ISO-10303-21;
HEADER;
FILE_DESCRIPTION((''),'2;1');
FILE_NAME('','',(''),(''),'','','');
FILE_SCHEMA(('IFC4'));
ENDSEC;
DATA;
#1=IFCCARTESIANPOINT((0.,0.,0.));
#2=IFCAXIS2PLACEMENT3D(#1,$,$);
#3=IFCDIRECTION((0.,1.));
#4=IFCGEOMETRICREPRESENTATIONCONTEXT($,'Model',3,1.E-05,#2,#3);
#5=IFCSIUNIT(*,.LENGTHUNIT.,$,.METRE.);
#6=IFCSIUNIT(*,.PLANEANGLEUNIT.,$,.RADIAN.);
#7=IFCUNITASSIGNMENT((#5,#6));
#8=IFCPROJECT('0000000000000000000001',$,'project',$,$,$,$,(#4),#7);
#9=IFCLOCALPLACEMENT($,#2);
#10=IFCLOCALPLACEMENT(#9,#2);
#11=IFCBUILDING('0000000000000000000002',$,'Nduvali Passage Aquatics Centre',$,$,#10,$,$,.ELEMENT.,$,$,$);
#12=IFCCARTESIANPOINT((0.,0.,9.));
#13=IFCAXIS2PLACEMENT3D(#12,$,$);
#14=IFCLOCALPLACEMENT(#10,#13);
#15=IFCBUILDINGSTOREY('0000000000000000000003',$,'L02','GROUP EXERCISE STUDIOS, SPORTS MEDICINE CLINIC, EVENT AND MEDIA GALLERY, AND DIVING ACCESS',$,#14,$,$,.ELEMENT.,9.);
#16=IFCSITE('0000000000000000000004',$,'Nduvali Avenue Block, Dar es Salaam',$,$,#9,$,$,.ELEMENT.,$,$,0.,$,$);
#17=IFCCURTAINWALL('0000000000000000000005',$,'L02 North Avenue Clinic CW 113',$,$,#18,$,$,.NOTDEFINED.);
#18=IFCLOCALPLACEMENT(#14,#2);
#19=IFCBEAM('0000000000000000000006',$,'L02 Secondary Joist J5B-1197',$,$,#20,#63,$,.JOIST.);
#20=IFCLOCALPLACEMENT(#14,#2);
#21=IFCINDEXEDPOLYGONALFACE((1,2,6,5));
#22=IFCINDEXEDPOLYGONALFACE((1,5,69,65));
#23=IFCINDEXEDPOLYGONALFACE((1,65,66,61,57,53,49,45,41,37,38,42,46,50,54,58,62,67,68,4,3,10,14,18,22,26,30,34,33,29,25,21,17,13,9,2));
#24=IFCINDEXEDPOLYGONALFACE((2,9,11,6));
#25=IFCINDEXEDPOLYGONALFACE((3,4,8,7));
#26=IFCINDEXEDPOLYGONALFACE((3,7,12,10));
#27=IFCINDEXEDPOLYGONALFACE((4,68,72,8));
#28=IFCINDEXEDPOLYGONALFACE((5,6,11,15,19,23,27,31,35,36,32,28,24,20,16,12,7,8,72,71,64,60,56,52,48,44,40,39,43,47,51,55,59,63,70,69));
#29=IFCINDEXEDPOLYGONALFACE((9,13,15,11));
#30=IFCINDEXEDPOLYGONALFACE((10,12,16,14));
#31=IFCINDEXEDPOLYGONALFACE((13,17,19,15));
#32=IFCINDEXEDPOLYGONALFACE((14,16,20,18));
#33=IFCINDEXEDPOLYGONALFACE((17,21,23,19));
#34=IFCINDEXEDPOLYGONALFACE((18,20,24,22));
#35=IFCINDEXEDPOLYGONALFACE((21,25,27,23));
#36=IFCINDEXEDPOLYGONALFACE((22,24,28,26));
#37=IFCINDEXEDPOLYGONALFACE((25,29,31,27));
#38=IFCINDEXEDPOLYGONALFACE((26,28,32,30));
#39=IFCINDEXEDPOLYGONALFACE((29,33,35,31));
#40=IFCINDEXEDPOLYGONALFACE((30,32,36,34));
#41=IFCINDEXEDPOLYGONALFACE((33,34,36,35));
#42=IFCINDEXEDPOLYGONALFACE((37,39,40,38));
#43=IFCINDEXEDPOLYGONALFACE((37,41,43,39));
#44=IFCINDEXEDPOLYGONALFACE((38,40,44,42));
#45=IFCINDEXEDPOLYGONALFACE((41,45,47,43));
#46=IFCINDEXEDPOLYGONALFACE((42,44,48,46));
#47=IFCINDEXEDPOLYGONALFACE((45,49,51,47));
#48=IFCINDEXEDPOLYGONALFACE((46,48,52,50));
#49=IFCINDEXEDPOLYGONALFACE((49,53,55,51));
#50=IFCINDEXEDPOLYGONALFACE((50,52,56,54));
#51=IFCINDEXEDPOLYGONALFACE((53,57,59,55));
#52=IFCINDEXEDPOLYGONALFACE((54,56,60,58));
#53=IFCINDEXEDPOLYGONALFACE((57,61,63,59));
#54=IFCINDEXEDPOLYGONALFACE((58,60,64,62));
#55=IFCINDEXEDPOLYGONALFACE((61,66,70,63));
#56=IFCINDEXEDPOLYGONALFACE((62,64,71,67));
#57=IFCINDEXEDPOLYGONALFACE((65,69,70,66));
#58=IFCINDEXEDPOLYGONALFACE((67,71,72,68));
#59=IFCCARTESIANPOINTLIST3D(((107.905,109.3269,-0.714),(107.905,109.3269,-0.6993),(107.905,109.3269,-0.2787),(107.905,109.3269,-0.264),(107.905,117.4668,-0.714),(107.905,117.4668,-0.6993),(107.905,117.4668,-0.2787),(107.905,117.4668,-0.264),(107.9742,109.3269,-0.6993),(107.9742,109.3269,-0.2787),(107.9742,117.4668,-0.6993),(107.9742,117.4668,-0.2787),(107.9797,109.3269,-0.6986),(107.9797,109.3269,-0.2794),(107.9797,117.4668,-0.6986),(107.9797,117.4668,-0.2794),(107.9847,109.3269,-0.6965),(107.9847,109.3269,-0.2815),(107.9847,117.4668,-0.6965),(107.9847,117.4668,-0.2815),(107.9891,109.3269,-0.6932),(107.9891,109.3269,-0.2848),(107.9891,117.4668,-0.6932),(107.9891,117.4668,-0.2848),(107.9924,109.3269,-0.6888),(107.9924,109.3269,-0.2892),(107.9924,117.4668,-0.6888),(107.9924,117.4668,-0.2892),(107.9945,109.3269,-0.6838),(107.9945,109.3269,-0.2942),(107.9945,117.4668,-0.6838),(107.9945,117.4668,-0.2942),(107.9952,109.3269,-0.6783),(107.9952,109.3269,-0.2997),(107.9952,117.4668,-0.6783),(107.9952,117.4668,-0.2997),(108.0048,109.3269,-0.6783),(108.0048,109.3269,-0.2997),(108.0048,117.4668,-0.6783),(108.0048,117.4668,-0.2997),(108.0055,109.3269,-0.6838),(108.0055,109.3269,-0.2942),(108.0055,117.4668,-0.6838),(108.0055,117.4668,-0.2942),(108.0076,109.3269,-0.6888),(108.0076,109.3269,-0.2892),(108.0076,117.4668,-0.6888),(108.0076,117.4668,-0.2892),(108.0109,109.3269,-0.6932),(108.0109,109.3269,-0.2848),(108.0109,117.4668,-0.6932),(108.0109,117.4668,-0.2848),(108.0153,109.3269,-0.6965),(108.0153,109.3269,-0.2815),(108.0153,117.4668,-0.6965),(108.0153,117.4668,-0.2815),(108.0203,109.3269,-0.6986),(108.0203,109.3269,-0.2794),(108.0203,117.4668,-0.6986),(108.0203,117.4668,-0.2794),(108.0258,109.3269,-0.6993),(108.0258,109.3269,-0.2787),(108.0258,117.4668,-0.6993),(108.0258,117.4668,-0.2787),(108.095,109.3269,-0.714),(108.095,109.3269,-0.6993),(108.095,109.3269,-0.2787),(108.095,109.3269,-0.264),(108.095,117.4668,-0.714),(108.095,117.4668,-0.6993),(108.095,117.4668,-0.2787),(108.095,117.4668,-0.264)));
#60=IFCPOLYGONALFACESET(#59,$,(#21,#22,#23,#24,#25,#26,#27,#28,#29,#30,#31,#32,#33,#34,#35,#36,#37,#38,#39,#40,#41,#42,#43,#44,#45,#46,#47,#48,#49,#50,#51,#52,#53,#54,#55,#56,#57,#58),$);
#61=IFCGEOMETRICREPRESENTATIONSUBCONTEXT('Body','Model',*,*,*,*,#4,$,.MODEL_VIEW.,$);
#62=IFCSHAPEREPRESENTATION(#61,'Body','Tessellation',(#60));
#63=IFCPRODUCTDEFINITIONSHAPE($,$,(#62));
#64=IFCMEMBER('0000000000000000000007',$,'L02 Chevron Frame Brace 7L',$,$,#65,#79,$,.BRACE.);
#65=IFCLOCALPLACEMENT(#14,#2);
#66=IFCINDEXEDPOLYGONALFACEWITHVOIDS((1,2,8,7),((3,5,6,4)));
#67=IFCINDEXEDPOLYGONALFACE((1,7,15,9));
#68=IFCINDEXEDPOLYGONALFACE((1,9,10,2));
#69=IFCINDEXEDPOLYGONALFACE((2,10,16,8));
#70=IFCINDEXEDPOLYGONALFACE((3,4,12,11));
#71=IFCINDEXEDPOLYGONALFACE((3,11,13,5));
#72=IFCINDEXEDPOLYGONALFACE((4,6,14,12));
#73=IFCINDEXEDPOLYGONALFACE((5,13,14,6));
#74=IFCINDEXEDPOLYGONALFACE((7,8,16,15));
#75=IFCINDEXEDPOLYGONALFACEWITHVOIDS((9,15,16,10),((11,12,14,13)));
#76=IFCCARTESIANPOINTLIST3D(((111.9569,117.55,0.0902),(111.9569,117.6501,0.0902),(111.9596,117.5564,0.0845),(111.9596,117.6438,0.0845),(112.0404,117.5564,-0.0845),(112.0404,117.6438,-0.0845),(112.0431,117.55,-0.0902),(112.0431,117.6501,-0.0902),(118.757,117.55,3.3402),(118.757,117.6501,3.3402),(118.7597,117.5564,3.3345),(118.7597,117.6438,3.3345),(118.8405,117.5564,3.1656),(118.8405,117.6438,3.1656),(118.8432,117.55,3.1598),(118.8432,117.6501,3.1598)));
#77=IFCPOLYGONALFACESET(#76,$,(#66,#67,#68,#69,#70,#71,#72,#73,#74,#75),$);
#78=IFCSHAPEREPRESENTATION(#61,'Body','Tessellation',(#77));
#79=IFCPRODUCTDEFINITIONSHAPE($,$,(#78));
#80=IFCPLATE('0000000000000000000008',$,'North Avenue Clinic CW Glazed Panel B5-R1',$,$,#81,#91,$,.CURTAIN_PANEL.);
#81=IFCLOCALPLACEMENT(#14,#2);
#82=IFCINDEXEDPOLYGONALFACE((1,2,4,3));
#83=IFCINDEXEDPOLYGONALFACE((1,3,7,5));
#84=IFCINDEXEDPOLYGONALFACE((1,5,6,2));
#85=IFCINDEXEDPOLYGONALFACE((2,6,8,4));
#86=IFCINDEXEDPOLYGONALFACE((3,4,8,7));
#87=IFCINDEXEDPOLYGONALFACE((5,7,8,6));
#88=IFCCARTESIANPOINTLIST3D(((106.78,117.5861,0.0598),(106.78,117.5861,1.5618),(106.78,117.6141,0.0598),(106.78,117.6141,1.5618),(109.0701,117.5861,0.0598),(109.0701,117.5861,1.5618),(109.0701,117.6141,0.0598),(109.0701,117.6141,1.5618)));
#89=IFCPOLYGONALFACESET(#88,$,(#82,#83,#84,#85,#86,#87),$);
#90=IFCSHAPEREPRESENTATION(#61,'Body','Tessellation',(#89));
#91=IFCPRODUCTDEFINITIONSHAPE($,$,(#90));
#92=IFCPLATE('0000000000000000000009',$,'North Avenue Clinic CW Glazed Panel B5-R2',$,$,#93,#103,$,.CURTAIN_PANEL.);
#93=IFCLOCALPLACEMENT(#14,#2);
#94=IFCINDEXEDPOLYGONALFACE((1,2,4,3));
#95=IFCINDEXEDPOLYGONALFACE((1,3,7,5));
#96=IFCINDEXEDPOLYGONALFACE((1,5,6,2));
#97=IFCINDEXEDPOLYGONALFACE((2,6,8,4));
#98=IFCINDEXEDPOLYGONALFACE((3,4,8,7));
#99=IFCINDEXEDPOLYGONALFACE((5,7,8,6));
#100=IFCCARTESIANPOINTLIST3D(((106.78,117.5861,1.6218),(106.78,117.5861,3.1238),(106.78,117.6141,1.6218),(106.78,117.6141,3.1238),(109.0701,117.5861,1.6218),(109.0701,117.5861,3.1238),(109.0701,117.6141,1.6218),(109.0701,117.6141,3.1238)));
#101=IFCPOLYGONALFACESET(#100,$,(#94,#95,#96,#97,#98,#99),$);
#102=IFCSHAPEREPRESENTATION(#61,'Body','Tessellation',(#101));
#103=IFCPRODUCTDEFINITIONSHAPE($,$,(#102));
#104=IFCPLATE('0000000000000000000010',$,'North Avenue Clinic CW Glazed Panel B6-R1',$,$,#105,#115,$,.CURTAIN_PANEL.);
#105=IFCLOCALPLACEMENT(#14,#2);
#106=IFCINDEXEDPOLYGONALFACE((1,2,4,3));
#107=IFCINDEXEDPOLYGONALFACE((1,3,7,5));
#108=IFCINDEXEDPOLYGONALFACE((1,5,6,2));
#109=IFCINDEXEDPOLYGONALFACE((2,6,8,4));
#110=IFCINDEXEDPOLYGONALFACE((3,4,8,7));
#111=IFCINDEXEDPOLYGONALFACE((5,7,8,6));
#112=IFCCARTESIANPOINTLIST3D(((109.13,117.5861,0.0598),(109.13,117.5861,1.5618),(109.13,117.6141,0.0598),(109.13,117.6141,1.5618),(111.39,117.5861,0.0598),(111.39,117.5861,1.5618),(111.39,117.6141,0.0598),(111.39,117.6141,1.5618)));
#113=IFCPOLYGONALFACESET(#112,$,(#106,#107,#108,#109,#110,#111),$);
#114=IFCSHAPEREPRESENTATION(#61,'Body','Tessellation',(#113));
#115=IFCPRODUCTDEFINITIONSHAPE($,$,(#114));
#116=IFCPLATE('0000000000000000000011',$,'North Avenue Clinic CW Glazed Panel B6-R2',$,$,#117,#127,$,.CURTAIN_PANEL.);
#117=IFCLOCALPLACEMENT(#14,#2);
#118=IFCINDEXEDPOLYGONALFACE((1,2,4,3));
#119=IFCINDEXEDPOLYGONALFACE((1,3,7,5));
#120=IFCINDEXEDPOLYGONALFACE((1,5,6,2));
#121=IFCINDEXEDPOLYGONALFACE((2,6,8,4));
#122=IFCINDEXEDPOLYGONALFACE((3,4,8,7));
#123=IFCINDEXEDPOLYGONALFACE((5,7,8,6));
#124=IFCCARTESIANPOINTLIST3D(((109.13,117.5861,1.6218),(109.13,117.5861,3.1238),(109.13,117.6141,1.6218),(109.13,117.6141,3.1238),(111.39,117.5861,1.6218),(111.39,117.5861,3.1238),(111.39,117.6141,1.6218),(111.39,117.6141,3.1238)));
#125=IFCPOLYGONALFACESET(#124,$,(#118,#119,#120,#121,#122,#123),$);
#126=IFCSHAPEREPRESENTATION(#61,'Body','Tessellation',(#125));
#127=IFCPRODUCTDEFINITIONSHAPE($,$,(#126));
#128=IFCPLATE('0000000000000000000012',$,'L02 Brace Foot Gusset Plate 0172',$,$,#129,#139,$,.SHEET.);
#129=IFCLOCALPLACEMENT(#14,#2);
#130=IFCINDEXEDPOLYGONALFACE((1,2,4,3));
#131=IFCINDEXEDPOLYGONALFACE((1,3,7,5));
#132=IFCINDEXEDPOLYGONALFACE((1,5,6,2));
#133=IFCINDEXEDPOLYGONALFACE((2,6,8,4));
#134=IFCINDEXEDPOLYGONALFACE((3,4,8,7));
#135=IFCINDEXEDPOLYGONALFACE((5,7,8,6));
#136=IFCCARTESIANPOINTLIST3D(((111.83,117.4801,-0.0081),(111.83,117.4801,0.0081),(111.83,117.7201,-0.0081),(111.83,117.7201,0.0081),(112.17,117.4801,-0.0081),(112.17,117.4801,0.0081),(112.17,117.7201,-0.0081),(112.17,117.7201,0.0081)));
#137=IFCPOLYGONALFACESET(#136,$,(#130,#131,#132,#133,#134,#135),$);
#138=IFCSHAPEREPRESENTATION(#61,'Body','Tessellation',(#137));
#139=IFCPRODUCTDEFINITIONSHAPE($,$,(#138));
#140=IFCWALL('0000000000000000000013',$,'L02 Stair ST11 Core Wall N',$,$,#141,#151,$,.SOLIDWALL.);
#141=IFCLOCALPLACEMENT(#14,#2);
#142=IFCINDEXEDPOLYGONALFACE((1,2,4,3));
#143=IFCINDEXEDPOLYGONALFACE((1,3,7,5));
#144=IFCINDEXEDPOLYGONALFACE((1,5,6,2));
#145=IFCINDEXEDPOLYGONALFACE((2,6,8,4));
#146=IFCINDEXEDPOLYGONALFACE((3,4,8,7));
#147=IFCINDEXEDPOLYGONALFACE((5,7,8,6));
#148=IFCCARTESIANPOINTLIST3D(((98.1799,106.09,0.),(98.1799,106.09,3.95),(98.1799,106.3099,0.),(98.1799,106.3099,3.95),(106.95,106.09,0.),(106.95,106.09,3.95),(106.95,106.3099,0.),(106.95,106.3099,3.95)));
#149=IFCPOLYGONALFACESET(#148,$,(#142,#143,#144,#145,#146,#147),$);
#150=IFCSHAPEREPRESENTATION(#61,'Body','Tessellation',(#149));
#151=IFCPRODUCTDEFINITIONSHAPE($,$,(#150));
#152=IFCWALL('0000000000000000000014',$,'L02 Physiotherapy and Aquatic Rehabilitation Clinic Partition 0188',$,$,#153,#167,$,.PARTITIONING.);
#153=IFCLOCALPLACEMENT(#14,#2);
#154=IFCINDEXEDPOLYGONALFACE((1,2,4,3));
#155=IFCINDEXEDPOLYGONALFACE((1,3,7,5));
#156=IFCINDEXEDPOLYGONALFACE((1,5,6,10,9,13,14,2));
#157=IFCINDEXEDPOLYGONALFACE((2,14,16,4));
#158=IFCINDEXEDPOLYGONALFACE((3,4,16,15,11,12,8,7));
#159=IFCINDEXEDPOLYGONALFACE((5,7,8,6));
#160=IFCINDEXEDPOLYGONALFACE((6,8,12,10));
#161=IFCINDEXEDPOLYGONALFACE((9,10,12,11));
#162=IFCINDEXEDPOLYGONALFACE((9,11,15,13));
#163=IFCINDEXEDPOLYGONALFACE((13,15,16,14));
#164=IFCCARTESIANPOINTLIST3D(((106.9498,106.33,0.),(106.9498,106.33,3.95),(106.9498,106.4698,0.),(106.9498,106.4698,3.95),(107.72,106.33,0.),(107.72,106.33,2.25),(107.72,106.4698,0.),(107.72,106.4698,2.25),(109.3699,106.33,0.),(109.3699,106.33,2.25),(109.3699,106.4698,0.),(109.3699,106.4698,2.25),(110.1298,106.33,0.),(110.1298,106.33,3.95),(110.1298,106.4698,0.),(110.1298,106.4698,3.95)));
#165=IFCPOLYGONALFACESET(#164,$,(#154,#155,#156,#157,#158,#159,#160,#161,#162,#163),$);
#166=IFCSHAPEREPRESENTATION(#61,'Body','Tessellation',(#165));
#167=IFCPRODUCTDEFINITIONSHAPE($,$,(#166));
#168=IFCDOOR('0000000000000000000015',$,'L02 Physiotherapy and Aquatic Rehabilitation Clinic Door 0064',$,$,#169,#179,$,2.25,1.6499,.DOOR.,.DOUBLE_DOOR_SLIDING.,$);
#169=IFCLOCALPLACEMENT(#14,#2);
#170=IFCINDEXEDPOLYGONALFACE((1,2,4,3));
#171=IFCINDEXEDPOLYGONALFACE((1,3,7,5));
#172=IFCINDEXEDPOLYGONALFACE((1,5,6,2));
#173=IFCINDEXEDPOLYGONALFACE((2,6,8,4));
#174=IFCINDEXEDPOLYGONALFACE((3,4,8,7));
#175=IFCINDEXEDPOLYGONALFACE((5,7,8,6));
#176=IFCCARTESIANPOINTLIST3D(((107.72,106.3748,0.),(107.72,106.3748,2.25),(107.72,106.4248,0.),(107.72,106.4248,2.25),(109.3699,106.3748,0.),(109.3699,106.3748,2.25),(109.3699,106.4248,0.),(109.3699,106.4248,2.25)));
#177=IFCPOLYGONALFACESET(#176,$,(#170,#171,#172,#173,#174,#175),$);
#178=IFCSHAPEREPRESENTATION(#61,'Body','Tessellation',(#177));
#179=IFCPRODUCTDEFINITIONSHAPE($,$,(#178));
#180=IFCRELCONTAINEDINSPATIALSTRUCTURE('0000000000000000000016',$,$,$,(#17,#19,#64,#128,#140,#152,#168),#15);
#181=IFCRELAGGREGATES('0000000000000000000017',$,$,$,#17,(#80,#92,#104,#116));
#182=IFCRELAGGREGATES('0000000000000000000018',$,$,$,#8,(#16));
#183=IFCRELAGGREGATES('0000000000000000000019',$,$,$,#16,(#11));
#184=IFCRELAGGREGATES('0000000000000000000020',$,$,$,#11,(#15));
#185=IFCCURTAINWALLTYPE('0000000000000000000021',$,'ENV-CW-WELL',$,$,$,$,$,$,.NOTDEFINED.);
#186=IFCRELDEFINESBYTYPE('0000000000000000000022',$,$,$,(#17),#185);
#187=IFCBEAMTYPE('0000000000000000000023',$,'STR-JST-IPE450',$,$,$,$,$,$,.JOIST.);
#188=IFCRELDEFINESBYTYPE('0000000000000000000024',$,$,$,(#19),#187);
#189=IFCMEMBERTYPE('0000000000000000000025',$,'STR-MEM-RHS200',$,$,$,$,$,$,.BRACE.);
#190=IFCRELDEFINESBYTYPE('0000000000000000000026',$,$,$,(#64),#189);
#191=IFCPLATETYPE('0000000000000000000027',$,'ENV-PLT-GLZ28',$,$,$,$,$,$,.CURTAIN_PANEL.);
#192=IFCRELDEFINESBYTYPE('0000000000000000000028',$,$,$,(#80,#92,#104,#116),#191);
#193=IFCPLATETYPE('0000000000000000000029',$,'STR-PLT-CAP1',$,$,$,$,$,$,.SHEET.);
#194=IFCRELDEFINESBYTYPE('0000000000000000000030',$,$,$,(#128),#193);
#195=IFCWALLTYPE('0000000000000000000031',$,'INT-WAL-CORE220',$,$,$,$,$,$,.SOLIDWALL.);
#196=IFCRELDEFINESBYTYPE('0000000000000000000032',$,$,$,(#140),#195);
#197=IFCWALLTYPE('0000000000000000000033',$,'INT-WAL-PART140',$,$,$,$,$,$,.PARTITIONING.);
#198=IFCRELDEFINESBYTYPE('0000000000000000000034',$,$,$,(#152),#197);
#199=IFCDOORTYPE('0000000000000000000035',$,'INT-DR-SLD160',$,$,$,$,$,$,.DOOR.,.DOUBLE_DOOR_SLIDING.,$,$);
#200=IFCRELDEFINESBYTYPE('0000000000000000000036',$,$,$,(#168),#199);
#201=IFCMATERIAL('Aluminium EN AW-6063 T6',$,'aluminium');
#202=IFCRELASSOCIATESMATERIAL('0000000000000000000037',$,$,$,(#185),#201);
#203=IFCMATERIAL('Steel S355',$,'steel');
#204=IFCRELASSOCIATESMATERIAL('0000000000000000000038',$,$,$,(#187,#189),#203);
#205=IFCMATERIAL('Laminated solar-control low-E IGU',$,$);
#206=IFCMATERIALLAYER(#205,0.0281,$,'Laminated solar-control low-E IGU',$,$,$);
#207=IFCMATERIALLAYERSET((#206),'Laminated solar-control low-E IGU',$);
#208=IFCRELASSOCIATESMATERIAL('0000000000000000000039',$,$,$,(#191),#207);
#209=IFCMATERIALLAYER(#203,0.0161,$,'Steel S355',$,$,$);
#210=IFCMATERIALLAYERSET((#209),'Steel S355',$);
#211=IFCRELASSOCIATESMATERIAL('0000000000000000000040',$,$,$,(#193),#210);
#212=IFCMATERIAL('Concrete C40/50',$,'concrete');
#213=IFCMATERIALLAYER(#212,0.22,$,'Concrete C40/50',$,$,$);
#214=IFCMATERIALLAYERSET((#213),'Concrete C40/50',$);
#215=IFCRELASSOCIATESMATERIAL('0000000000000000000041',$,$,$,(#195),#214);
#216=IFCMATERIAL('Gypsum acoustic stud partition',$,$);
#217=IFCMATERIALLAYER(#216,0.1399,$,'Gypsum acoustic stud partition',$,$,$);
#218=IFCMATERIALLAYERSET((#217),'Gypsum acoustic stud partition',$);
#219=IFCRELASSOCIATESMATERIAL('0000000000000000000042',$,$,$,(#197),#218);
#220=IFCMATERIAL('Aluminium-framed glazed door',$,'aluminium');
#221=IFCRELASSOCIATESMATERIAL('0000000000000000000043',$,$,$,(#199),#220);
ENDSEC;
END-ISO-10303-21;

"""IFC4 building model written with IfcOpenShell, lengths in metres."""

from ifc_helpers import new_model, si_unit, direction, frame, frame_2d, origin, origin_2d, place, context, subcontext, project, spatial, rectangle, hollow_rectangle, i_section, extrude, material, layer, layer_set, material_profile, profile_set, type_object, element, fill, aggregate, save


model = new_model("IFC4")

# Units and contexts
model_context = context("Model", 3, precision=1e-05, world=origin(), true_north=direction((0.0, 1.0)))
body_context = subcontext(model_context, "Body", "Model", "MODEL_VIEW")
ifc_project = project(units=[si_unit("LENGTHUNIT", "METRE"), si_unit("PLANEANGLEUNIT", "RADIAN")], contexts=[model_context])

# Site, building, storey
site_placement = place(None, origin())
site = spatial("IfcSite", under=ifc_project, at=site_placement, Name="Nduvali Avenue Block, Dar es Salaam", CompositionType="ELEMENT", RefElevation=0.0)
building_placement = place(site_placement, origin())
building = spatial("IfcBuilding", under=site, at=building_placement, Name="Nduvali Passage Aquatics Centre", CompositionType="ELEMENT")
storey_placement = place(building_placement, frame((0.0, 0.0, 9.0)))
storey = spatial("IfcBuildingStorey", under=building, at=storey_placement, Name="L02", Description="GROUP EXERCISE STUDIOS, SPORTS MEDICINE CLINIC, EVENT AND MEDIA GALLERY, AND DIVING ACCESS", CompositionType="ELEMENT", Elevation=9.0)

# Shared definitions
ifc_material_1 = material(Name="Steel S355", Category="steel")

# Curtain wall
ifc_material_2 = material(Name="Aluminium EN AW-6063 T6", Category="aluminium")
curtain_wall_type = type_object("IfcCurtainWallType", Name="ENV-CW-WELL", PredefinedType="NOTDEFINED", material=ifc_material_2)
curtain_wall_placement = place(storey_placement, origin())
curtain_wall = element("IfcCurtainWall", 1, at=curtain_wall_placement, inside=storey, type_object=curtain_wall_type, Name="L02 North Avenue Clinic CW 113", PredefinedType="NOTDEFINED")

# Beam
ifc_material_profile_1 = material_profile(ifc_material_1, i_section(OverallWidth=0.1899, OverallDepth=0.45, WebThickness=0.0095, FlangeThickness=0.0146, FilletRadius=0.021, at=origin_2d()), Name="IPE 450")
ifc_profile_set_1 = profile_set([ifc_material_profile_1], Name="Steel S355")
beam_type_1 = type_object("IfcBeamType", Name="STR-JST-IPE450", PredefinedType="JOIST", material=ifc_profile_set_1)
beam_1_placement = place(storey_placement, frame((108.0, 109.3269, -0.489), z_axis=(0.0, 1.0, 0.0), x_axis=(-1.0, 0.0, 0.0)))
element("IfcBeam", 2, at=beam_1_placement, inside=storey, type_object=beam_type_1, Name="L02 Secondary Joist J5B-1197", PredefinedType="JOIST", context=body_context, shape_type="SweptSolid", body=[
    extrude(i_section(OverallWidth=0.1899, OverallDepth=0.45, WebThickness=0.0095, FlangeThickness=0.0146, FilletRadius=0.021, at=origin_2d()), origin(), (0.0, 0.0, 1.0), 8.1399),
])

# Member
ifc_material_profile_2 = material_profile(ifc_material_1, hollow_rectangle(XDim=0.1001, YDim=0.2, WallThickness=0.0063, at=origin_2d()), Name="RHS 200x100x6.3")
ifc_profile_set_2 = profile_set([ifc_material_profile_2], Name="Steel S355")
member_type_1 = type_object("IfcMemberType", Name="STR-MEM-RHS200", PredefinedType="BRACE", material=ifc_profile_set_2)
member_1_placement = place(storey_placement, frame((112.0, 117.6001, 0.0), z_axis=(0.902248, 0.0, 0.431218), x_axis=(0.0, 1.0, 0.0)))
element("IfcMember", 3, at=member_1_placement, inside=storey, type_object=member_type_1, Name="L02 Chevron Frame Brace 7L", PredefinedType="BRACE", context=body_context, shape_type="SweptSolid", body=[
    extrude(hollow_rectangle(XDim=0.1001, YDim=0.2, WallThickness=0.0063, at=origin_2d()), origin(), (0.0, 0.0, 1.0), 7.5369),
])

# Plates
ifc_material_3 = material(Name="Laminated solar-control low-E IGU")
ifc_layer_1 = layer(ifc_material_3, 0.0281, Name="Laminated solar-control low-E IGU")
ifc_layer_set_1 = layer_set([ifc_layer_1], Name="Laminated solar-control low-E IGU")
plate_type_1 = type_object("IfcPlateType", Name="ENV-PLT-GLZ28", PredefinedType="CURTAIN_PANEL", material=ifc_layer_set_1)
plate_1_placement = place(storey_placement, frame((107.925, 117.6001, 0.0598), z_axis=(0.0, 0.0, 1.0), x_axis=(1.0, 0.0, 0.0)))
plate_1 = element("IfcPlate", 4, at=plate_1_placement, type_object=plate_type_1, Name="North Avenue Clinic CW Glazed Panel B5-R1", PredefinedType="CURTAIN_PANEL", context=body_context, shape_type="SweptSolid", body=[
    extrude(rectangle(XDim=2.29, YDim=0.0281, at=origin_2d()), origin(), (0.0, 0.0, 1.0), 1.502),
])
plate_2_placement = place(storey_placement, frame((107.925, 117.6001, 1.6218), z_axis=(0.0, 0.0, 1.0), x_axis=(1.0, 0.0, 0.0)))
plate_2 = element("IfcPlate", 5, at=plate_2_placement, type_object=plate_type_1, Name="North Avenue Clinic CW Glazed Panel B5-R2", PredefinedType="CURTAIN_PANEL", context=body_context, shape_type="SweptSolid", body=[
    extrude(rectangle(XDim=2.29, YDim=0.0281, at=origin_2d()), origin(), (0.0, 0.0, 1.0), 1.502),
])
plate_3_placement = place(storey_placement, frame((110.26, 117.6001, 0.0598), z_axis=(0.0, 0.0, 1.0), x_axis=(1.0, 0.0, 0.0)))
plate_3 = element("IfcPlate", 6, at=plate_3_placement, type_object=plate_type_1, Name="North Avenue Clinic CW Glazed Panel B6-R1", PredefinedType="CURTAIN_PANEL", context=body_context, shape_type="SweptSolid", body=[
    extrude(rectangle(XDim=2.26, YDim=0.0281, at=origin_2d()), origin(), (0.0, 0.0, 1.0), 1.502),
])
plate_4_placement = place(storey_placement, frame((110.26, 117.6001, 1.6218), z_axis=(0.0, 0.0, 1.0), x_axis=(1.0, 0.0, 0.0)))
plate_4 = element("IfcPlate", 7, at=plate_4_placement, type_object=plate_type_1, Name="North Avenue Clinic CW Glazed Panel B6-R2", PredefinedType="CURTAIN_PANEL", context=body_context, shape_type="SweptSolid", body=[
    extrude(rectangle(XDim=2.26, YDim=0.0281, at=origin_2d()), origin(), (0.0, 0.0, 1.0), 1.502),
])
aggregate(curtain_wall, [plate_1, plate_2, plate_3, plate_4])
ifc_layer_2 = layer(ifc_material_1, 0.0161, Name="Steel S355")
ifc_layer_set_2 = layer_set([ifc_layer_2], Name="Steel S355")
plate_type_2 = type_object("IfcPlateType", Name="STR-PLT-CAP1", PredefinedType="SHEET", material=ifc_layer_set_2)
plate_5_placement = place(storey_placement, frame((112.0, 117.6001, -0.0081), z_axis=(0.0, 0.0, 1.0), x_axis=(1.0, 0.0, 0.0)))
element("IfcPlate", 8, at=plate_5_placement, inside=storey, type_object=plate_type_2, Name="L02 Brace Foot Gusset Plate 0172", PredefinedType="SHEET", context=body_context, shape_type="SweptSolid", body=[
    extrude(rectangle(XDim=0.3401, YDim=0.24, at=origin_2d()), origin(), (0.0, 0.0, 1.0), 0.0161),
])

# Wall
ifc_material_4 = material(Name="Concrete C40/50", Category="concrete")
ifc_layer_3 = layer(ifc_material_4, 0.22, Name="Concrete C40/50")
ifc_layer_set_3 = layer_set([ifc_layer_3], Name="Concrete C40/50")
wall_type_1 = type_object("IfcWallType", Name="INT-WAL-CORE220", PredefinedType="SOLIDWALL", material=ifc_layer_set_3)
wall_1_placement = place(storey_placement, frame((106.95, 106.2, 0.0), z_axis=(0.0, 0.0, 1.0), x_axis=(-1.0, 0.0, 0.0)))
element("IfcWall", 9, at=wall_1_placement, inside=storey, type_object=wall_type_1, Name="L02 Stair ST11 Core Wall N", PredefinedType="SOLIDWALL", context=body_context, shape_type="SweptSolid", body=[
    extrude(rectangle(XDim=8.77, YDim=0.22, at=frame_2d((4.385, 0.0))), origin(), (0.0, 0.0, 1.0), 3.95),
])

# Wall, opening, door
ifc_material_5 = material(Name="Gypsum acoustic stud partition")
ifc_layer_4 = layer(ifc_material_5, 0.1399, Name="Gypsum acoustic stud partition")
ifc_layer_set_4 = layer_set([ifc_layer_4], Name="Gypsum acoustic stud partition")
wall_type_2 = type_object("IfcWallType", Name="INT-WAL-PART140", PredefinedType="PARTITIONING", material=ifc_layer_set_4)
wall_2_placement = place(storey_placement, frame((106.95, 106.3999, 0.0), z_axis=(0.0, 0.0, 1.0), x_axis=(1.0, 0.0, 0.0)))
wall_2 = element("IfcWall", 10, at=wall_2_placement, inside=storey, type_object=wall_type_2, Name="L02 Physiotherapy and Aquatic Rehabilitation Clinic Partition 0188", PredefinedType="PARTITIONING", context=body_context, shape_type="SweptSolid", body=[
    extrude(rectangle(XDim=3.1799, YDim=0.1399, at=frame_2d((1.5898, 0.0))), origin(), (0.0, 0.0, 1.0), 3.95),
])
opening_1_placement = place(wall_2_placement, frame((0.77, 0.0, 0.0)))
opening_1 = element("IfcOpeningElement", 11, at=opening_1_placement, cuts=wall_2, PredefinedType="OPENING", context=body_context, shape_type="SweptSolid", body=[
    extrude(rectangle(XDim=1.6499, YDim=2.25, at=frame_2d((0.825, 1.125))), frame((0.0, 0.085, 0.0), z_axis=(0.0, -1.0, 0.0), x_axis=(1.0, 0.0, 0.0)), (0.0, 0.0, 1.0), 0.1697),
])
ifc_material_6 = material(Name="Aluminium-framed glazed door", Category="aluminium")
door_type_1 = type_object("IfcDoorType", Name="INT-DR-SLD160", OperationType="DOUBLE_DOOR_SLIDING", PredefinedType="DOOR", material=ifc_material_6)
door_1_placement = place(opening_1_placement, origin())
door_1 = element("IfcDoor", 12, at=door_1_placement, inside=storey, type_object=door_type_1, Name="L02 Physiotherapy and Aquatic Rehabilitation Clinic Door 0064", OperationType="DOUBLE_DOOR_SLIDING", OverallHeight=2.25, OverallWidth=1.6499, PredefinedType="DOOR", context=body_context, shape_type="SweptSolid", body=[
    extrude(rectangle(XDim=1.6499, YDim=2.25, at=frame_2d((0.825, 1.125))), frame((0.0, 0.0249, 0.0), z_axis=(0.0, -1.0, 0.0), x_axis=(1.0, 0.0, 0.0)), (0.0, 0.0, 1.0), 0.05),
])
fill(opening_1, door_1)

save(model, "model.ifc")
